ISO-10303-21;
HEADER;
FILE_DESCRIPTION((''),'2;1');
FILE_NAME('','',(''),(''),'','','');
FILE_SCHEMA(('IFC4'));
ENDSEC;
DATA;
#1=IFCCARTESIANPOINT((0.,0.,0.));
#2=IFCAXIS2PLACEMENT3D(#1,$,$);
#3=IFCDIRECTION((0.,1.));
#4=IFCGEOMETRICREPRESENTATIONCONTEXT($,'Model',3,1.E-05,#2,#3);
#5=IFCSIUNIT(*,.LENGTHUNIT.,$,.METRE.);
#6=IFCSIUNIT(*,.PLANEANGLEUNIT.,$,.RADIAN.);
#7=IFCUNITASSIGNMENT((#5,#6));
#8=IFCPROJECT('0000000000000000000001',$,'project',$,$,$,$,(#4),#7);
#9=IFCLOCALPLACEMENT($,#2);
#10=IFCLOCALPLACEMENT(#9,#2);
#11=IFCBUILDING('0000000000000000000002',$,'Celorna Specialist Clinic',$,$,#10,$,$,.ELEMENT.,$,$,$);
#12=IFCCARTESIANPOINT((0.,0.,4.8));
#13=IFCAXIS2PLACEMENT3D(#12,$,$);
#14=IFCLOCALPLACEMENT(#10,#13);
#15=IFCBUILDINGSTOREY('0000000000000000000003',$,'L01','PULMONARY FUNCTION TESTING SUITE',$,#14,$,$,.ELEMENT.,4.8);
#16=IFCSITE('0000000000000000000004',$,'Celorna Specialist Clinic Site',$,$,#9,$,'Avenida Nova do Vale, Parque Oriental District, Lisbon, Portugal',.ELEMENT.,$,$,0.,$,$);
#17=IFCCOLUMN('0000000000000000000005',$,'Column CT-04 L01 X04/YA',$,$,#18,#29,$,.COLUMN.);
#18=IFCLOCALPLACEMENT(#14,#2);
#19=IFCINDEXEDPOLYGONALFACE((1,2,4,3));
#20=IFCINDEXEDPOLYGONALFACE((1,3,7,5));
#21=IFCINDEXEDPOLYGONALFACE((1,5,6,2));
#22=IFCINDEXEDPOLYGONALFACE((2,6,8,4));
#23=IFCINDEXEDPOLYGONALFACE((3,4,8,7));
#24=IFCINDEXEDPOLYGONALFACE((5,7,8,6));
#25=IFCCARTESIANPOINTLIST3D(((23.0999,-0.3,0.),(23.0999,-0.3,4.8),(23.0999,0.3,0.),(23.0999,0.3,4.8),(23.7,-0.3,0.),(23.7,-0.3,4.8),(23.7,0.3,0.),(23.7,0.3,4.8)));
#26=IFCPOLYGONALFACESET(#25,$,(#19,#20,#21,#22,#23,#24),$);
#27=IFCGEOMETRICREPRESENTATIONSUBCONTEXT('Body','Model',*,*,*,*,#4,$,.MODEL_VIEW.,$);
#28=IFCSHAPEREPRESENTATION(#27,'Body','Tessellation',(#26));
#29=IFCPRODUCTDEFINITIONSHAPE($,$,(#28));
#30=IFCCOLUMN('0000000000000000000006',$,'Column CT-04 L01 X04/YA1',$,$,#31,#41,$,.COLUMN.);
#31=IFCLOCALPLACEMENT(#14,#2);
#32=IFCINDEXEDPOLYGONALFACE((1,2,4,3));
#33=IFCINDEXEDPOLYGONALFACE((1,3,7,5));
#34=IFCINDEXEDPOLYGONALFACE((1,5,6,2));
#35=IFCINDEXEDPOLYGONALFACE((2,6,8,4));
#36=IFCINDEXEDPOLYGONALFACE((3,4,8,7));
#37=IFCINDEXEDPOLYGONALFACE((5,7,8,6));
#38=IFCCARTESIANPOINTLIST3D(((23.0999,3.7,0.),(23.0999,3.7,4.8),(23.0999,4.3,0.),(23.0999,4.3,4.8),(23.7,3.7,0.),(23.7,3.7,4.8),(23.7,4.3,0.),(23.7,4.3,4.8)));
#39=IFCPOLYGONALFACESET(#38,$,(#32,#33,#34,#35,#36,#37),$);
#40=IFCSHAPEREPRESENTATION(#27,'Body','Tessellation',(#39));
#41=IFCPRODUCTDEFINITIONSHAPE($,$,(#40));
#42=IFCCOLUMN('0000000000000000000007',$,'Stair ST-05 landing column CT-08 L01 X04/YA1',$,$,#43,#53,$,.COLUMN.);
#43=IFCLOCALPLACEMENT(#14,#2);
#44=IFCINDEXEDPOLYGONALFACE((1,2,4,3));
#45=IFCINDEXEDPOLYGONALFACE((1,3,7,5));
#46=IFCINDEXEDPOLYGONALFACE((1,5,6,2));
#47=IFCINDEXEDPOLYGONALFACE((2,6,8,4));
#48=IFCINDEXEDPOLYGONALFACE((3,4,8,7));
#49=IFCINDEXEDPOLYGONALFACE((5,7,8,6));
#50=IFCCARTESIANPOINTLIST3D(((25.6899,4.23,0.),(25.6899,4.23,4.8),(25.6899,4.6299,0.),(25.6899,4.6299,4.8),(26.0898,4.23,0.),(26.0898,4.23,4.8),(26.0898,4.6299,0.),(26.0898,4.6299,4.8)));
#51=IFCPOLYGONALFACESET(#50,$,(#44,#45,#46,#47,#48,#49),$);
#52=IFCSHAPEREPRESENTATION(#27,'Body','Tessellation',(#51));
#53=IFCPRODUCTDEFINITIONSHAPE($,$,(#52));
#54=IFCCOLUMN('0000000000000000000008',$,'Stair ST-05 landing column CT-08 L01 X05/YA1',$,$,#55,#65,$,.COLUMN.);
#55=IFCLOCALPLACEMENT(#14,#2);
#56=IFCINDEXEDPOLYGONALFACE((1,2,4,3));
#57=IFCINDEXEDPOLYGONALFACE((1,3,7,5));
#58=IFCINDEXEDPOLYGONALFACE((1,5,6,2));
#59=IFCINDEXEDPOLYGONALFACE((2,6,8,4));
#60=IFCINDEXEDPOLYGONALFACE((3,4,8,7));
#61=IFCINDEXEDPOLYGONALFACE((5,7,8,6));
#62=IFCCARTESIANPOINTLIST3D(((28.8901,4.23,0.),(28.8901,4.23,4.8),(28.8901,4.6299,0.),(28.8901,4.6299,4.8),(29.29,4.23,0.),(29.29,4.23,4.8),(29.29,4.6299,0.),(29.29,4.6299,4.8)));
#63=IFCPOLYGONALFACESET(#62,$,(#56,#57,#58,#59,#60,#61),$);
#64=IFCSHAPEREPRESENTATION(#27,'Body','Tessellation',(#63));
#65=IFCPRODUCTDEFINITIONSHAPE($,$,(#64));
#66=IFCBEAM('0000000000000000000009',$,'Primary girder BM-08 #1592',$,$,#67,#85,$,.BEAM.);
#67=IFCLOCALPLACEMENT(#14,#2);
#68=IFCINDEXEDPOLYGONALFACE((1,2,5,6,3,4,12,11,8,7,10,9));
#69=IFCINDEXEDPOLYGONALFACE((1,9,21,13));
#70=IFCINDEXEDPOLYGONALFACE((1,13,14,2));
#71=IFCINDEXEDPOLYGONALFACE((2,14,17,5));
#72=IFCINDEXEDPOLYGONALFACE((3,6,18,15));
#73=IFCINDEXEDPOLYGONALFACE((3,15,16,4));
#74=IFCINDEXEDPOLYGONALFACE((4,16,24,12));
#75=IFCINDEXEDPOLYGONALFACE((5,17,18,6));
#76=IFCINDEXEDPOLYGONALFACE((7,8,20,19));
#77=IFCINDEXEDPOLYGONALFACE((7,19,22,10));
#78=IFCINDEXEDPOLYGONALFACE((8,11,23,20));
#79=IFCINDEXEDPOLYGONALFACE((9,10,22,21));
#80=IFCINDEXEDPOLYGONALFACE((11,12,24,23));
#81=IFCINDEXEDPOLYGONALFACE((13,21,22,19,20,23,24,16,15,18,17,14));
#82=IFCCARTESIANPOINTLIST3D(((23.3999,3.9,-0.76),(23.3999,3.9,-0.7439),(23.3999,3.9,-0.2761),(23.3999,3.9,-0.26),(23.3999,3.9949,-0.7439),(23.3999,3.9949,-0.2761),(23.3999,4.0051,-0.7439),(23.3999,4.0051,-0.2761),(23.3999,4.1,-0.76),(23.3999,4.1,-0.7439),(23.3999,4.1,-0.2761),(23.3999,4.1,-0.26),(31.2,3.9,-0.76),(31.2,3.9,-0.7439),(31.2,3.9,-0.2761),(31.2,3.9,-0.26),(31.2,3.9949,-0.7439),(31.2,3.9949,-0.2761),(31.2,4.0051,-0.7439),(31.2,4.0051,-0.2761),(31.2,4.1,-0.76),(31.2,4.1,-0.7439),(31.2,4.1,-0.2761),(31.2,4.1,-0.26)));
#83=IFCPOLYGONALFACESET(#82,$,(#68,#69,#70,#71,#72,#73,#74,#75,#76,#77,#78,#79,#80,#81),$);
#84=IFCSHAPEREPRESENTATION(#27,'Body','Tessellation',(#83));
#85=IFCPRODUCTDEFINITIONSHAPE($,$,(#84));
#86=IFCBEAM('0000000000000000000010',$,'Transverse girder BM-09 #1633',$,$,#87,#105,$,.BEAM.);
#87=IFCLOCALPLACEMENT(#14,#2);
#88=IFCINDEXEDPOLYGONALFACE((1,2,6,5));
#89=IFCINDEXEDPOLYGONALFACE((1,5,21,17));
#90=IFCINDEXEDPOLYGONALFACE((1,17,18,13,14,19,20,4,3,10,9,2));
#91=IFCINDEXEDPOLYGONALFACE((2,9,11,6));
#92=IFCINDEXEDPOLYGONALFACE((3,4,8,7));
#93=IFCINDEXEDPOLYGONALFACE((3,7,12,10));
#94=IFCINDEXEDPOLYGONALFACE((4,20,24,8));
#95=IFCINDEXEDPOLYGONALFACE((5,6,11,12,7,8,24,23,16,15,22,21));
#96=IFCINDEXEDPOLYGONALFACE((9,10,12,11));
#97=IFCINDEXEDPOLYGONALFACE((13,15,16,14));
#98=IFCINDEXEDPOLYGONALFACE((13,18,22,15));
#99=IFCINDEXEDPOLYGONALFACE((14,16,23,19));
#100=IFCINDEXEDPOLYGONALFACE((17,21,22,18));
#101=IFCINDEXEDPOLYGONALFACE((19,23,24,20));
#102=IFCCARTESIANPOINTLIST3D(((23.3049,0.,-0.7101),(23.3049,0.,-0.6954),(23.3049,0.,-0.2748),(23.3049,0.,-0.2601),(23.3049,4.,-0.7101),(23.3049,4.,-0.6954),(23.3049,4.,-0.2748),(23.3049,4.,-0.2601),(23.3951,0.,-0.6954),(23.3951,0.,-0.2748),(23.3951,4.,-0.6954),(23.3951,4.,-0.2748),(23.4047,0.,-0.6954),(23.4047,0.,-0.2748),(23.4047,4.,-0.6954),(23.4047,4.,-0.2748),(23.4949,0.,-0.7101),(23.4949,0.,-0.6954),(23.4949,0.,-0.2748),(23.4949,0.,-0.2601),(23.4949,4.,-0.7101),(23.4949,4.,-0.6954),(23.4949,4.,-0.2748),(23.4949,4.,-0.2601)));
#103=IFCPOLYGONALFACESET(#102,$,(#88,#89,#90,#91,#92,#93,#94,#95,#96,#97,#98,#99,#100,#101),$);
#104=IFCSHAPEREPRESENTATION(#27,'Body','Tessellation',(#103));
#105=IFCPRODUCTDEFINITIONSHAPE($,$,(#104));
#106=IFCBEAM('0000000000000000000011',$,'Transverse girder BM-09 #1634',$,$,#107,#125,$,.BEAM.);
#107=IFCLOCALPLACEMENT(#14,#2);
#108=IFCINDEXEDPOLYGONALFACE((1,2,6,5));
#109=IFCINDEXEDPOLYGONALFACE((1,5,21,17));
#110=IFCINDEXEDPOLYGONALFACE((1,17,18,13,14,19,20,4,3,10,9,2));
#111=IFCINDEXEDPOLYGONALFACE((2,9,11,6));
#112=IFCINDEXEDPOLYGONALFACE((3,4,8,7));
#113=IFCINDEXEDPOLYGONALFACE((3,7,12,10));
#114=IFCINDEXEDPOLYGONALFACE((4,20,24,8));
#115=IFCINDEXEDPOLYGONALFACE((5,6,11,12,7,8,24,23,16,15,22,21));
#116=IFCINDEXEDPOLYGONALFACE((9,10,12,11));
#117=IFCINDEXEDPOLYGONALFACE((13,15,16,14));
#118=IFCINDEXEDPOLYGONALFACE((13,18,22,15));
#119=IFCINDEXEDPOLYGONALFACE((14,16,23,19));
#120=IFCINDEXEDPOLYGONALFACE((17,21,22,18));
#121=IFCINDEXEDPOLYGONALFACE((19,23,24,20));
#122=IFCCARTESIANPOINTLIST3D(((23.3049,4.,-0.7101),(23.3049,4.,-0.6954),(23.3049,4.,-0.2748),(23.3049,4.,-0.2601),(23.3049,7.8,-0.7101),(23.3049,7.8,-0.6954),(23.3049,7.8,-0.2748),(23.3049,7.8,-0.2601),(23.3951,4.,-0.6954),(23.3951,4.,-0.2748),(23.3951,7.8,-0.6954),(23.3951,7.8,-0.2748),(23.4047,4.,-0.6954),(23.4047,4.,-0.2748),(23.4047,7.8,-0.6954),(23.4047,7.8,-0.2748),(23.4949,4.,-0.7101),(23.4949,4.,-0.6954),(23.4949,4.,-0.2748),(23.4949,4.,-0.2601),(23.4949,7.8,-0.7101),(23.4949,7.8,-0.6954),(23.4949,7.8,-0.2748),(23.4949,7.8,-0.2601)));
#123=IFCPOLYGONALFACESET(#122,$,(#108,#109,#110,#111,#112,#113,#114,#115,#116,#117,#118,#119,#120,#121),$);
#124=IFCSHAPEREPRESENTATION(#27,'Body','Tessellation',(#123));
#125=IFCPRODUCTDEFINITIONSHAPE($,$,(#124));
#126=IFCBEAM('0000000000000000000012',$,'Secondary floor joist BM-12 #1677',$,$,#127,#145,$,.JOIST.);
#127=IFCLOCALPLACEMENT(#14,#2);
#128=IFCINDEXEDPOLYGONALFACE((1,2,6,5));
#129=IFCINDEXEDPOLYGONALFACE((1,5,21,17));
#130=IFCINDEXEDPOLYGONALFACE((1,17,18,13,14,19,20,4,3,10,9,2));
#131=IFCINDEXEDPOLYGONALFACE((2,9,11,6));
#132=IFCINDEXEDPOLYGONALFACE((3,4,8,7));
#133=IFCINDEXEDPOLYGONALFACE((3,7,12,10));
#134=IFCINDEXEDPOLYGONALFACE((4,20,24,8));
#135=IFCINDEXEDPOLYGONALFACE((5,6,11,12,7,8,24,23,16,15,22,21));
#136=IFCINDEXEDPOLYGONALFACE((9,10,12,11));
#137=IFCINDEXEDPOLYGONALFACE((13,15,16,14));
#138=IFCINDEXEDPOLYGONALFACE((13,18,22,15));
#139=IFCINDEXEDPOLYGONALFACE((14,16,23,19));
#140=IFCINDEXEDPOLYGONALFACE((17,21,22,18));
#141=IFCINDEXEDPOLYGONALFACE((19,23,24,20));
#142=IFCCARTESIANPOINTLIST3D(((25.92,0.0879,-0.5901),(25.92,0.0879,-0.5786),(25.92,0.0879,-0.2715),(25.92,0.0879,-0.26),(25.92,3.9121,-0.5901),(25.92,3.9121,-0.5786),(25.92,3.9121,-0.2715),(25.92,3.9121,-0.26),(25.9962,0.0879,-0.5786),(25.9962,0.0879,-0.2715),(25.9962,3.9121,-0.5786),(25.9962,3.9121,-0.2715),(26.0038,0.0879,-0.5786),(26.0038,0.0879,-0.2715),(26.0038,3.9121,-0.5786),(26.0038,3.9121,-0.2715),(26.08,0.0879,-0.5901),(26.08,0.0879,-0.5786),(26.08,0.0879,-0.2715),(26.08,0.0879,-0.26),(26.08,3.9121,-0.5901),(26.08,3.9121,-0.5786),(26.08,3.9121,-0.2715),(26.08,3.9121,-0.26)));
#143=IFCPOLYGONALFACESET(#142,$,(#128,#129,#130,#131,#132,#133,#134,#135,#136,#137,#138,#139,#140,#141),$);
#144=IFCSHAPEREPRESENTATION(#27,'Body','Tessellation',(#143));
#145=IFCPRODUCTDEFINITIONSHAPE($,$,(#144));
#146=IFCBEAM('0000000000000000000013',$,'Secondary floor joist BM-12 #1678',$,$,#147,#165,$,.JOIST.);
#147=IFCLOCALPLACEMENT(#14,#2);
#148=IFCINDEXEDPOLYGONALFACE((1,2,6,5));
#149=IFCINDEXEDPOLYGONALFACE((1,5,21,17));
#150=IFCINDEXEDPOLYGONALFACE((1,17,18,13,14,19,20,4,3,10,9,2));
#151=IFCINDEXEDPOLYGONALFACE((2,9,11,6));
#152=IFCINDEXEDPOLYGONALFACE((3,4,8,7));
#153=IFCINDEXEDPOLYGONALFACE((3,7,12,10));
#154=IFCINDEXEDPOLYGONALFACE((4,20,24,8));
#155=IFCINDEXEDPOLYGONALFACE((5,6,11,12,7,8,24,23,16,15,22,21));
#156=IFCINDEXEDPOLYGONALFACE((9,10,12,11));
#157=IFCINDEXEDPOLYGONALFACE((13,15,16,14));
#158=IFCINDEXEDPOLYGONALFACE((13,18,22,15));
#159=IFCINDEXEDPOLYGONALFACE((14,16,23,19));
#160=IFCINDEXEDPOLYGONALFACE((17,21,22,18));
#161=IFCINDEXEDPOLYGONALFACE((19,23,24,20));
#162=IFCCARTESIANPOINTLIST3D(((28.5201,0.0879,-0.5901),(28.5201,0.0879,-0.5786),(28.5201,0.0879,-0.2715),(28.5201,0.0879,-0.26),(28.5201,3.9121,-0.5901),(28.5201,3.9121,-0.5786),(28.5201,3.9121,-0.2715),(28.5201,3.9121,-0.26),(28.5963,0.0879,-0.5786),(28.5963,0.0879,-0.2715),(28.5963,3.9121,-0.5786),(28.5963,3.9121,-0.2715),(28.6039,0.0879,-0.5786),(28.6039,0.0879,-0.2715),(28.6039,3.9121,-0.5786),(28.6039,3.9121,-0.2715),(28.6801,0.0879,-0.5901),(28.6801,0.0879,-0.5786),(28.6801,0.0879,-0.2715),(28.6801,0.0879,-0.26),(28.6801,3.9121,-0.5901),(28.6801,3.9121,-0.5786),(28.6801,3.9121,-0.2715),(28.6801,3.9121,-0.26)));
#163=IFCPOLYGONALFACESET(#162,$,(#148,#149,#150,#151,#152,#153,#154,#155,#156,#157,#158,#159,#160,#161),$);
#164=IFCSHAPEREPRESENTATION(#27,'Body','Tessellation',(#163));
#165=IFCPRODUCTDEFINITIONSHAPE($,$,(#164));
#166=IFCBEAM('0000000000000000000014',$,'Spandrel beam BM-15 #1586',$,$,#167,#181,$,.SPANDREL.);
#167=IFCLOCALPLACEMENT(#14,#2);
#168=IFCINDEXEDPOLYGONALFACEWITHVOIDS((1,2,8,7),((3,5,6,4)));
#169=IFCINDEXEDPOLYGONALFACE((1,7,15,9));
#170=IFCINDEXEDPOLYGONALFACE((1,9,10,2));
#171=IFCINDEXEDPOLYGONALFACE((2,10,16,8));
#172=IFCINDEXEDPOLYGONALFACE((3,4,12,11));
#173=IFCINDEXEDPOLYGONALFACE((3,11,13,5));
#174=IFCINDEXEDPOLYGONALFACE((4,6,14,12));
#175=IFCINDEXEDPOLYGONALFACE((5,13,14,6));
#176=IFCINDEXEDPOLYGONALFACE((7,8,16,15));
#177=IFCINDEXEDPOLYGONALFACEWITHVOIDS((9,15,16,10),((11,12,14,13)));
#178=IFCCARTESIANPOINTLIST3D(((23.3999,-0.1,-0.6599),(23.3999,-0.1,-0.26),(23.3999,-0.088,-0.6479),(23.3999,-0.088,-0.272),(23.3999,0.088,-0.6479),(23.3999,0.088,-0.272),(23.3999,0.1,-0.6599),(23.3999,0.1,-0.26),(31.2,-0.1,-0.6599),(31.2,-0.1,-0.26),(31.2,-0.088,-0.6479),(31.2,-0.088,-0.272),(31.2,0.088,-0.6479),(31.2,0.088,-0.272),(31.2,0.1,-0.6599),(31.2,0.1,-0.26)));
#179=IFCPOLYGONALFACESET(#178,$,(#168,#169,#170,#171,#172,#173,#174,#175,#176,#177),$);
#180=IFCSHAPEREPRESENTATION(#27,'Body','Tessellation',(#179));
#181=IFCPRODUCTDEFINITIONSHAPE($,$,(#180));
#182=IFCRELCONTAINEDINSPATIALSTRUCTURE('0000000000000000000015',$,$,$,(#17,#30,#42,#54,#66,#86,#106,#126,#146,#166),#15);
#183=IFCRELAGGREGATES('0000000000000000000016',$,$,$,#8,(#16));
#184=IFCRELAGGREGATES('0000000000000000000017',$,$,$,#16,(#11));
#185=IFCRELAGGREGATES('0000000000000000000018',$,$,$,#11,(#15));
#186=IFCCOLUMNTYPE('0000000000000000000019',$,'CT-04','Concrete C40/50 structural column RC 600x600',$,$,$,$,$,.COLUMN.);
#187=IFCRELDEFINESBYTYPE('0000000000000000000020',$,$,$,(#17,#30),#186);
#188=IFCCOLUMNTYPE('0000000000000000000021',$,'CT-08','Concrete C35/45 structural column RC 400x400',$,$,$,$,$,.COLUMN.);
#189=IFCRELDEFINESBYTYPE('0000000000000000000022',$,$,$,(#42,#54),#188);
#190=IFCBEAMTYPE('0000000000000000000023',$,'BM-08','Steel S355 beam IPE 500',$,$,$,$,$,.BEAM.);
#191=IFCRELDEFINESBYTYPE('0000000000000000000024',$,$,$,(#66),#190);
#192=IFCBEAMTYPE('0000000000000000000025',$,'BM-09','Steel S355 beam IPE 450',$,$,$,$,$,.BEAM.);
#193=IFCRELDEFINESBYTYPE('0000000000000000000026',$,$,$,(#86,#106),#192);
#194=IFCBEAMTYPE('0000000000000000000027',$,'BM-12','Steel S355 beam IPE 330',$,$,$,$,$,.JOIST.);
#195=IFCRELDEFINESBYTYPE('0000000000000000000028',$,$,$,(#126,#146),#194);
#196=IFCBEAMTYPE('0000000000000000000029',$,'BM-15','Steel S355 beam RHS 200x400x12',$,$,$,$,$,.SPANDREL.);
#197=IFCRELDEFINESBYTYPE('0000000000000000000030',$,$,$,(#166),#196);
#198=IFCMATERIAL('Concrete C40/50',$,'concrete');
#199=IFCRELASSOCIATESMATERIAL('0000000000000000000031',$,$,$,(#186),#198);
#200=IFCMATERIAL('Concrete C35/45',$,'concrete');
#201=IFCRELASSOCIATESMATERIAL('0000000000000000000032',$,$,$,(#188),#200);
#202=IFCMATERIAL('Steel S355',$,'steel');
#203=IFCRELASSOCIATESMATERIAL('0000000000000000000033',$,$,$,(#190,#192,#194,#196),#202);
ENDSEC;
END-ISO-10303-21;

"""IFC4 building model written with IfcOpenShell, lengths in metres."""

from ifc_helpers import new_model, si_unit, direction, frame, origin, origin_2d, place, context, subcontext, project, spatial, rectangle, hollow_rectangle, i_section, extrude, material, material_profile, profile_set, type_object, element, save


model = new_model("IFC4")

# Units and contexts
model_context = context("Model", 3, precision=1e-05, world=origin(), true_north=direction((0.0, 1.0)))
body_context = subcontext(model_context, "Body", "Model", "MODEL_VIEW")
ifc_project = project(units=[si_unit("LENGTHUNIT", "METRE"), si_unit("PLANEANGLEUNIT", "RADIAN")], contexts=[model_context])

# Site, building, storey
site_placement = place(None, origin())
site = spatial("IfcSite", under=ifc_project, at=site_placement, Name="Celorna Specialist Clinic Site", LongName="Avenida Nova do Vale, Parque Oriental District, Lisbon, Portugal", CompositionType="ELEMENT", RefElevation=0.0)
building_placement = place(site_placement, origin())
building = spatial("IfcBuilding", under=site, at=building_placement, Name="Celorna Specialist Clinic", CompositionType="ELEMENT")
storey_placement = place(building_placement, frame((0.0, 0.0, 4.8)))
storey = spatial("IfcBuildingStorey", under=building, at=storey_placement, Name="L01", Description="PULMONARY FUNCTION TESTING SUITE", CompositionType="ELEMENT", Elevation=4.8)

# Columns
ifc_material_1 = material(Name="Concrete C40/50", Category="concrete")
ifc_material_profile_1 = material_profile(ifc_material_1, rectangle(XDim=0.6001, YDim=0.6001, at=origin_2d()), Name="RC 600x600")
ifc_profile_set_1 = profile_set([ifc_material_profile_1], Name="Concrete C40/50")
column_type_1 = type_object("IfcColumnType", Name="CT-04", Description="Concrete C40/50 structural column RC 600x600", PredefinedType="COLUMN", material=ifc_profile_set_1)
for number, where, z_axis, x_axis, name in (
    (1, (23.3999, 0.0, 0.0), (0.0, 0.0, 1.0), (1.0, 0.0, 0.0), "Column CT-04 L01 X04/YA"),
    (2, (23.3999, 4.0, 0.0), (0.0, 0.0, 1.0), (1.0, 0.0, 0.0), "Column CT-04 L01 X04/YA1"),
):
    element("IfcColumn", number, at=place(storey_placement, frame(where, z_axis=z_axis, x_axis=x_axis)), inside=storey, type_object=column_type_1, Name=name, PredefinedType="COLUMN", context=body_context, shape_type="SweptSolid", body=[
        extrude(rectangle(XDim=0.6001, YDim=0.6001, at=origin_2d()), origin(), (0.0, 0.0, 1.0), 4.8),
    ])
ifc_material_2 = material(Name="Concrete C35/45", Category="concrete")
ifc_material_profile_2 = material_profile(ifc_material_2, rectangle(XDim=0.3999, YDim=0.3999, at=origin_2d()), Name="RC 400x400")
ifc_profile_set_2 = profile_set([ifc_material_profile_2], Name="Concrete C35/45")
column_type_2 = type_object("IfcColumnType", Name="CT-08", Description="Concrete C35/45 structural column RC 400x400", PredefinedType="COLUMN", material=ifc_profile_set_2)
for number, where, z_axis, x_axis, name in (
    (3, (25.8899, 4.4299, 0.0), (0.0, 0.0, 1.0), (1.0, 0.0, 0.0), "Stair ST-05 landing column CT-08 L01 X04/YA1"),
    (4, (29.0901, 4.4299, 0.0), (0.0, 0.0, 1.0), (1.0, 0.0, 0.0), "Stair ST-05 landing column CT-08 L01 X05/YA1"),
):
    element("IfcColumn", number, at=place(storey_placement, frame(where, z_axis=z_axis, x_axis=x_axis)), inside=storey, type_object=column_type_2, Name=name, PredefinedType="COLUMN", context=body_context, shape_type="SweptSolid", body=[
        extrude(rectangle(XDim=0.3999, YDim=0.3999, at=origin_2d()), origin(), (0.0, 0.0, 1.0), 4.8),
    ])

# Beams
ifc_material_3 = material(Name="Steel S355", Category="steel")
ifc_material_profile_3 = material_profile(ifc_material_3, i_section(OverallWidth=0.2, OverallDepth=0.5, WebThickness=0.0103, FlangeThickness=0.0161, at=origin_2d()), Name="IPE 500")
ifc_profile_set_3 = profile_set([ifc_material_profile_3], Name="Steel S355")
beam_type_1 = type_object("IfcBeamType", Name="BM-08", Description="Steel S355 beam IPE 500", PredefinedType="BEAM", material=ifc_profile_set_3)
beam_1_placement = place(storey_placement, frame((23.3999, 4.0, -0.51), z_axis=(1.0, 0.0, 0.0), x_axis=(0.0, 1.0, 0.0)))
element("IfcBeam", 5, at=beam_1_placement, inside=storey, type_object=beam_type_1, Name="Primary girder BM-08 #1592", PredefinedType="BEAM", context=body_context, shape_type="SweptSolid", body=[
    extrude(i_section(OverallWidth=0.2, OverallDepth=0.5, WebThickness=0.0103, FlangeThickness=0.0161, at=origin_2d()), origin(), (0.0, 0.0, 1.0), 7.8),
])
ifc_material_profile_4 = material_profile(ifc_material_3, i_section(OverallWidth=0.1899, OverallDepth=0.45, WebThickness=0.0095, FlangeThickness=0.0146, at=origin_2d()), Name="IPE 450")
ifc_profile_set_4 = profile_set([ifc_material_profile_4], Name="Steel S355")
beam_type_2 = type_object("IfcBeamType", Name="BM-09", Description="Steel S355 beam IPE 450", PredefinedType="BEAM", material=ifc_profile_set_4)
beam_2_placement = place(storey_placement, frame((23.3999, 0.0, -0.4851), z_axis=(0.0, 1.0, 0.0), x_axis=(-1.0, 0.0, 0.0)))
element("IfcBeam", 6, at=beam_2_placement, inside=storey, type_object=beam_type_2, Name="Transverse girder BM-09 #1633", PredefinedType="BEAM", context=body_context, shape_type="SweptSolid", body=[
    extrude(i_section(OverallWidth=0.1899, OverallDepth=0.45, WebThickness=0.0095, FlangeThickness=0.0146, at=origin_2d()), origin(), (0.0, 0.0, 1.0), 4.0),
])
beam_3_placement = place(storey_placement, frame((23.3999, 4.0, -0.4851), z_axis=(0.0, 1.0, 0.0), x_axis=(-1.0, 0.0, 0.0)))
element("IfcBeam", 7, at=beam_3_placement, inside=storey, type_object=beam_type_2, Name="Transverse girder BM-09 #1634", PredefinedType="BEAM", context=body_context, shape_type="SweptSolid", body=[
    extrude(i_section(OverallWidth=0.1899, OverallDepth=0.45, WebThickness=0.0095, FlangeThickness=0.0146, at=origin_2d()), origin(), (0.0, 0.0, 1.0), 3.8),
])
ifc_material_profile_5 = material_profile(ifc_material_3, i_section(OverallWidth=0.1599, OverallDepth=0.3301, WebThickness=0.0076, FlangeThickness=0.0115, at=origin_2d()), Name="IPE 330")
ifc_profile_set_5 = profile_set([ifc_material_profile_5], Name="Steel S355")
beam_type_3 = type_object("IfcBeamType", Name="BM-12", Description="Steel S355 beam IPE 330", PredefinedType="JOIST", material=ifc_profile_set_5)
for number, where, z_axis, x_axis, name in (
    (8, (26.0, 0.0879, -0.425), (0.0, 1.0, 0.0), (-1.0, 0.0, 0.0), "Secondary floor joist BM-12 #1677"),
    (9, (28.6001, 0.0879, -0.425), (0.0, 1.0, 0.0), (-1.0, 0.0, 0.0), "Secondary floor joist BM-12 #1678"),
):
    element("IfcBeam", number, at=place(storey_placement, frame(where, z_axis=z_axis, x_axis=x_axis)), inside=storey, type_object=beam_type_3, Name=name, PredefinedType="JOIST", context=body_context, shape_type="SweptSolid", body=[
        extrude(i_section(OverallWidth=0.1599, OverallDepth=0.3301, WebThickness=0.0076, FlangeThickness=0.0115, at=origin_2d()), origin(), (0.0, 0.0, 1.0), 3.8242),
    ])
ifc_material_profile_6 = material_profile(ifc_material_3, hollow_rectangle(XDim=0.2, YDim=0.3999, WallThickness=0.012, at=origin_2d()), Name="RHS 200x400x12")
ifc_profile_set_6 = profile_set([ifc_material_profile_6], Name="Steel S355")
beam_type_4 = type_object("IfcBeamType", Name="BM-15", Description="Steel S355 beam RHS 200x400x12", PredefinedType="SPANDREL", material=ifc_profile_set_6)
beam_4_placement = place(storey_placement, frame((23.3999, 0.0, -0.46), z_axis=(1.0, 0.0, 0.0), x_axis=(0.0, 1.0, 0.0)))
element("IfcBeam", 10, at=beam_4_placement, inside=storey, type_object=beam_type_4, Name="Spandrel beam BM-15 #1586", PredefinedType="SPANDREL", context=body_context, shape_type="SweptSolid", body=[
    extrude(hollow_rectangle(XDim=0.2, YDim=0.3999, WallThickness=0.012, at=origin_2d()), origin(), (0.0, 0.0, 1.0), 7.8),
])

save(model, "model.ifc")
